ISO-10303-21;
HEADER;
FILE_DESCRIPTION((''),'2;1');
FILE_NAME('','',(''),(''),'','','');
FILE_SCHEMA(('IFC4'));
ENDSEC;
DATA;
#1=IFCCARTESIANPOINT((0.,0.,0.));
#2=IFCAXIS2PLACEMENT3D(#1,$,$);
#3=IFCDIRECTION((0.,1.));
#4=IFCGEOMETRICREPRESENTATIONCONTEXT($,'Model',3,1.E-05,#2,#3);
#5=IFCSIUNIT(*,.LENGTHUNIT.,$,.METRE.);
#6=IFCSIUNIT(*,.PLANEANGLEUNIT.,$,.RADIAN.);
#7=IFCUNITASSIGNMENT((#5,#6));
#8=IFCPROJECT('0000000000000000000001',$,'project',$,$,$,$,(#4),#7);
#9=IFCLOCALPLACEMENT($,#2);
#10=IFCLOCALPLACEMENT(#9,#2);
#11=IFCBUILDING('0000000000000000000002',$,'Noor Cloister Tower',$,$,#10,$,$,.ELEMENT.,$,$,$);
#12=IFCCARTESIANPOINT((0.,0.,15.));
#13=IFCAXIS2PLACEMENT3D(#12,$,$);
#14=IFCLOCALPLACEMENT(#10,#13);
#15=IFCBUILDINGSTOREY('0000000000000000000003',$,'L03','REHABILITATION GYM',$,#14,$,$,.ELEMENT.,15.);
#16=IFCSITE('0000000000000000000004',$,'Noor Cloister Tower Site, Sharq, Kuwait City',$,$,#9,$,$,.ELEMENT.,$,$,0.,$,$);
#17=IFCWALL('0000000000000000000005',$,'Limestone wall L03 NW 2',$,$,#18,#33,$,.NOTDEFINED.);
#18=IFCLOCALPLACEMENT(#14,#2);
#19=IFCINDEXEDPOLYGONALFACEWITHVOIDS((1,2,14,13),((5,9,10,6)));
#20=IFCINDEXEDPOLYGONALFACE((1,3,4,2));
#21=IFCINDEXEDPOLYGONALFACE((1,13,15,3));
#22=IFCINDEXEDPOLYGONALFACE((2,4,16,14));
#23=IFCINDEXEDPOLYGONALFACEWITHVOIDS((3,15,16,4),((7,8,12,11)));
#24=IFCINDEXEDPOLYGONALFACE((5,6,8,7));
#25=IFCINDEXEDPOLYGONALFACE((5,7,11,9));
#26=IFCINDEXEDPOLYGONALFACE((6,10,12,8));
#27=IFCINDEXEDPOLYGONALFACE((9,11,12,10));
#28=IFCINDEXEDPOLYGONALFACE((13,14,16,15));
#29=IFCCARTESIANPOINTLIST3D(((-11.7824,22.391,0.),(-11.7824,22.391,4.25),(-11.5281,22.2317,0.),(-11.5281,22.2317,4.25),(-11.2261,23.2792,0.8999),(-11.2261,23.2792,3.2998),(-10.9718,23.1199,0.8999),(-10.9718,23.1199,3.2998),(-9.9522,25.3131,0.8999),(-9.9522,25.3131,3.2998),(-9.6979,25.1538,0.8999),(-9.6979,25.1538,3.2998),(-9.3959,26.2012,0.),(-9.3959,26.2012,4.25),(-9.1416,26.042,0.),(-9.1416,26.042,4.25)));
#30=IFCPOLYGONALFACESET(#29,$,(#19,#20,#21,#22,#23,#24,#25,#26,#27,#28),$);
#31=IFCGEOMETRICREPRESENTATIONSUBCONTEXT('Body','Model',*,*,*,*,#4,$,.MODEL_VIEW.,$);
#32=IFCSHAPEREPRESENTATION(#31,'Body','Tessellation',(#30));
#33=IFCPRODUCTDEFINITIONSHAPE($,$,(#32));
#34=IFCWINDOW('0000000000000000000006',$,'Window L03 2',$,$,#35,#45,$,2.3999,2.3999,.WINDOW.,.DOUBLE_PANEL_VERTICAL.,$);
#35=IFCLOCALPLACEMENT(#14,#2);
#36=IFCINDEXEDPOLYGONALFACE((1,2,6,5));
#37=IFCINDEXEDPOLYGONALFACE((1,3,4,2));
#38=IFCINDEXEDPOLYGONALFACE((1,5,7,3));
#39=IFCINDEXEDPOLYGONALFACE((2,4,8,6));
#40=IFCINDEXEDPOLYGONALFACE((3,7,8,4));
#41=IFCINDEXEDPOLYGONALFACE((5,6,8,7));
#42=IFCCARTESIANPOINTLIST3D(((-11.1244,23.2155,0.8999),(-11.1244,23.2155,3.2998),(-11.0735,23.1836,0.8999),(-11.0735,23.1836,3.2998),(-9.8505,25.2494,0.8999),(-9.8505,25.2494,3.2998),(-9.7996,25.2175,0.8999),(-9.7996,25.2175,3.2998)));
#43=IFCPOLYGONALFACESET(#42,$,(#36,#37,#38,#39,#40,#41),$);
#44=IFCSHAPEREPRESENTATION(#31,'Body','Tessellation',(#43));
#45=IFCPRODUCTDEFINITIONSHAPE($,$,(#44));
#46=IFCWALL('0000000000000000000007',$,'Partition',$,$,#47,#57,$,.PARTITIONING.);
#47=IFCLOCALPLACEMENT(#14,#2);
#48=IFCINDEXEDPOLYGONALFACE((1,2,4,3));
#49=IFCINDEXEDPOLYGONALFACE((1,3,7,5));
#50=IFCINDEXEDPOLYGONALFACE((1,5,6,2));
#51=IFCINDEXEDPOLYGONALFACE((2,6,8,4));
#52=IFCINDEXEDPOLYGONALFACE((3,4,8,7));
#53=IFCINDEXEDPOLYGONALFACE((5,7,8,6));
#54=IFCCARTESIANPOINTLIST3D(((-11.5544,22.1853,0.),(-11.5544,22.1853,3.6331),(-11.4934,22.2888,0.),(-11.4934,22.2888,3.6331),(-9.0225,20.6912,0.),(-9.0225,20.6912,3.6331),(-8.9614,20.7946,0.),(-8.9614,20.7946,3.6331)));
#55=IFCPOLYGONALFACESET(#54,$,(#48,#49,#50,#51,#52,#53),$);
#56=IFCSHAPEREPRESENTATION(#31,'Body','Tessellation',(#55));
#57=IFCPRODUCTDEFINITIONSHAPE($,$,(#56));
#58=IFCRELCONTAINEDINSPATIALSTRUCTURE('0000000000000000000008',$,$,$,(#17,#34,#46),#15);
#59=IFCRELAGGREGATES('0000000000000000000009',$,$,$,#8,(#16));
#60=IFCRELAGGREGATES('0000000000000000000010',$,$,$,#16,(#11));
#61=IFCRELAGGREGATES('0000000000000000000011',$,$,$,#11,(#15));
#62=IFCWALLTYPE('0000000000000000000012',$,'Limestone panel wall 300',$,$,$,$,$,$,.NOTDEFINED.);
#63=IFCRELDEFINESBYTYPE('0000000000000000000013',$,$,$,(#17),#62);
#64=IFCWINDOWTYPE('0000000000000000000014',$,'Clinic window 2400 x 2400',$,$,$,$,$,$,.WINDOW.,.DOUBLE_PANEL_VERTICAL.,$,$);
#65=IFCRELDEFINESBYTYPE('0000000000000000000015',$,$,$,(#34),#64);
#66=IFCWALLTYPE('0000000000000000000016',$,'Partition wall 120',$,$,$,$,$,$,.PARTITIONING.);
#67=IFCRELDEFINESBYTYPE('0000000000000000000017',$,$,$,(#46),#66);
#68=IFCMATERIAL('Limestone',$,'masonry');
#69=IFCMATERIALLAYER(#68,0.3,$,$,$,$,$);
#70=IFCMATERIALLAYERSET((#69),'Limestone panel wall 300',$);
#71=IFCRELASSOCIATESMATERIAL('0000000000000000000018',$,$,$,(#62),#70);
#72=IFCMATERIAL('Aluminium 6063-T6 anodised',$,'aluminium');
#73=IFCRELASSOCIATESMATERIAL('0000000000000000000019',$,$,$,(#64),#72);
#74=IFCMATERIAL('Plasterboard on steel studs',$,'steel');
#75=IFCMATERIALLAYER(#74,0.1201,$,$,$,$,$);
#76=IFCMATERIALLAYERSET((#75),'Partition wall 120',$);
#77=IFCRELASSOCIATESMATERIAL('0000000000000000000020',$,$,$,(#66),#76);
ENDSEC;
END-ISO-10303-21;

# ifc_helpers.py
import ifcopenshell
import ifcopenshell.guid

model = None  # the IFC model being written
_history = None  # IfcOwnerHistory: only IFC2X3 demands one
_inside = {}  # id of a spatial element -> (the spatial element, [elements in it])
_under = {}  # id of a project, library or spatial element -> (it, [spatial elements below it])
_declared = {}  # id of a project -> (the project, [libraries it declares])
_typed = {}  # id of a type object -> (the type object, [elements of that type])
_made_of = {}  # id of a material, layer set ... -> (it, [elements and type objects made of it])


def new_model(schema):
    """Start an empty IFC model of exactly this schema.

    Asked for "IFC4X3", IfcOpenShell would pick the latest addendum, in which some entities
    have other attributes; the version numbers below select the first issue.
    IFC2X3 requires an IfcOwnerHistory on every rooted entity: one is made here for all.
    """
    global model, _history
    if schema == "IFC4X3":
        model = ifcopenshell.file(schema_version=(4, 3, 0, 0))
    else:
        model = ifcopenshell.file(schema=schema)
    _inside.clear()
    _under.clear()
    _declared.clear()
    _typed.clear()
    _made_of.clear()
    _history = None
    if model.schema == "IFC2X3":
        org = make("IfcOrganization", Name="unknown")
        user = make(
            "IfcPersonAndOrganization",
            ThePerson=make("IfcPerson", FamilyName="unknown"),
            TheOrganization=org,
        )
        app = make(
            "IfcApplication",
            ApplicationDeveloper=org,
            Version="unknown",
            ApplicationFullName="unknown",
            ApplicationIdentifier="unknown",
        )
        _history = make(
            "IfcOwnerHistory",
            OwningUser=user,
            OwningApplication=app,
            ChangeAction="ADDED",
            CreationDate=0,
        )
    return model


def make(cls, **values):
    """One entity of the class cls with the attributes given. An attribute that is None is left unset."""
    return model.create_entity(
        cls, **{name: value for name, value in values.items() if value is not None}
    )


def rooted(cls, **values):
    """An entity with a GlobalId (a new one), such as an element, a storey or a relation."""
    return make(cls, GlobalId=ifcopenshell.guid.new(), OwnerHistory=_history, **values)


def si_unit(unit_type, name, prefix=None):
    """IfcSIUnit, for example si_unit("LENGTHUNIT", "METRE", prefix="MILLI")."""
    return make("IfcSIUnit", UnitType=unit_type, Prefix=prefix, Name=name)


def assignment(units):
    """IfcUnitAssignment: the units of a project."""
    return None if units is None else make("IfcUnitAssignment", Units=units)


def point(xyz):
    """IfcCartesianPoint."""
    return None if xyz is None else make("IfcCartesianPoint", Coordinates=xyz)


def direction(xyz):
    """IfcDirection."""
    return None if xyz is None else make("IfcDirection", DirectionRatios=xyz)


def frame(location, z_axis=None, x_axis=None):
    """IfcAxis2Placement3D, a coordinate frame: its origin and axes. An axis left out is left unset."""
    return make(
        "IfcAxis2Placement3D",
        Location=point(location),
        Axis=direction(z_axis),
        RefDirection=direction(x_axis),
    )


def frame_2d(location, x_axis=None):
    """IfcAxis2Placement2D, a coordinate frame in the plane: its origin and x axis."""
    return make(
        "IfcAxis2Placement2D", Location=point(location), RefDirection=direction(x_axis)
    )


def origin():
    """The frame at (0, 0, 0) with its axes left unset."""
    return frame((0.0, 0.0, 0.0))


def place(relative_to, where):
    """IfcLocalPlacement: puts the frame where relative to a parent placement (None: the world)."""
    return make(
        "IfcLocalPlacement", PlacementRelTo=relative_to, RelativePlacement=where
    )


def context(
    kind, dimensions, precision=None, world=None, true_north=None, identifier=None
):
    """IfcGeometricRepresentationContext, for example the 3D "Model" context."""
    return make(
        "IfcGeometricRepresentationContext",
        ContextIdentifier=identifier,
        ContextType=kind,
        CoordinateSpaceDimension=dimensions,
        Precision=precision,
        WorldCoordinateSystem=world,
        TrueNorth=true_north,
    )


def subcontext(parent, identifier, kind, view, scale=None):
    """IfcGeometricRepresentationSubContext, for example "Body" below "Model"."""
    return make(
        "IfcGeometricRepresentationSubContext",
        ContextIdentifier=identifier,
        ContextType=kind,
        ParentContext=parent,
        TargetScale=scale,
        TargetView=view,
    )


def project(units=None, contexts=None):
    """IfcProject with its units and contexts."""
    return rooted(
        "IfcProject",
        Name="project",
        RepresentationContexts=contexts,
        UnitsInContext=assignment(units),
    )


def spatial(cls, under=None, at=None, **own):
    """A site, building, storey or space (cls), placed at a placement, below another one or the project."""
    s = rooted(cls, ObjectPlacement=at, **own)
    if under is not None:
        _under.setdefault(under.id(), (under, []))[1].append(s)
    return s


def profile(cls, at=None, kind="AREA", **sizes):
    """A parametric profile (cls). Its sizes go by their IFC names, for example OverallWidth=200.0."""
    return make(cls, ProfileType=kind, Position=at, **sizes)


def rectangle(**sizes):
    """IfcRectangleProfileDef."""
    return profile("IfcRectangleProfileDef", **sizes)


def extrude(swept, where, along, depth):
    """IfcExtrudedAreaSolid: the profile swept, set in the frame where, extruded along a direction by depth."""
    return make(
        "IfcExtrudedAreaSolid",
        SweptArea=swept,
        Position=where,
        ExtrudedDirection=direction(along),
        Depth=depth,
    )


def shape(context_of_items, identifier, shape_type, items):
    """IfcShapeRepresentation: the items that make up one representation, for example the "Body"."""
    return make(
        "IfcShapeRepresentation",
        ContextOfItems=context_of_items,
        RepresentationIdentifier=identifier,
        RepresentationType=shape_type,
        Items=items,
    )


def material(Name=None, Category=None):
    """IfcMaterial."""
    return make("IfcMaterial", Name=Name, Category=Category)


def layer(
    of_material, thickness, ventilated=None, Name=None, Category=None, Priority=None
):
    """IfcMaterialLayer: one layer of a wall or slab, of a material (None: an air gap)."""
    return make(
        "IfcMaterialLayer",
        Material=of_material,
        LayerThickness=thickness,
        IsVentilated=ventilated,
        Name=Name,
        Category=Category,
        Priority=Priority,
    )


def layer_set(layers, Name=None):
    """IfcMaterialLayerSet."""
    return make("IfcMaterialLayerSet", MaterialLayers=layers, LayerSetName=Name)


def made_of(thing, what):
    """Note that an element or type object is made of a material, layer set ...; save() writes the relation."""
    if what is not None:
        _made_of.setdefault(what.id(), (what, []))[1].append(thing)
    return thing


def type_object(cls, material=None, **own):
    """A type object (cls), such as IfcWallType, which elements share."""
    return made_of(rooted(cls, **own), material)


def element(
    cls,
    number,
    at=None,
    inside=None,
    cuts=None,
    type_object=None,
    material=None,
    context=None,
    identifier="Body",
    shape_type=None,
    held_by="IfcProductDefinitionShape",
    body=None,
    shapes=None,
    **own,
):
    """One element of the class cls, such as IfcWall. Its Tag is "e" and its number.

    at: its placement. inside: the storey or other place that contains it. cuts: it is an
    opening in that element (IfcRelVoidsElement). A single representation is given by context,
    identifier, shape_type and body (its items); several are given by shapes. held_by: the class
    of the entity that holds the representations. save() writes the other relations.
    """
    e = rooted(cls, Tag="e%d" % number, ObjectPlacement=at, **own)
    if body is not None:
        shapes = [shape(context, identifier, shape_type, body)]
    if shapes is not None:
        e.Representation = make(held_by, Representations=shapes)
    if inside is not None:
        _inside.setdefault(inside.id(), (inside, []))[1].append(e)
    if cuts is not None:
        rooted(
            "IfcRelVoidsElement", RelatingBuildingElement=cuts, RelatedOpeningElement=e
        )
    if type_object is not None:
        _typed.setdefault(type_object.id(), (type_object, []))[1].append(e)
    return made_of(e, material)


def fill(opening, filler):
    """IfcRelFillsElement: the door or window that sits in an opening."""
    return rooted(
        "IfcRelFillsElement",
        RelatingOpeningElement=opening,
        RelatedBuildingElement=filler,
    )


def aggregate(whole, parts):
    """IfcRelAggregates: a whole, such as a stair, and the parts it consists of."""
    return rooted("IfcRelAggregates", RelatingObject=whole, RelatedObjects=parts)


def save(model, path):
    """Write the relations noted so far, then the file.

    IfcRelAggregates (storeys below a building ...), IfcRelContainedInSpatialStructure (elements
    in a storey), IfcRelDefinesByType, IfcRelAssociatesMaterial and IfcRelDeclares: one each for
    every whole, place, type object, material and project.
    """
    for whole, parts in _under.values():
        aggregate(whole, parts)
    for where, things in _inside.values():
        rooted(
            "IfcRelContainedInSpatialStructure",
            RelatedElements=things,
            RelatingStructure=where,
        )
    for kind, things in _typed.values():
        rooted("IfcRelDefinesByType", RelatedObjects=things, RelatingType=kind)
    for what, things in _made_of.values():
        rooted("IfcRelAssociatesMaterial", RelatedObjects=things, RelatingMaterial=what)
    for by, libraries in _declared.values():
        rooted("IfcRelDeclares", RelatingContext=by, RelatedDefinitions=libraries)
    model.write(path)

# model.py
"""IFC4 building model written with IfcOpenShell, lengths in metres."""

from ifc_helpers import new_model, si_unit, direction, frame, frame_2d, origin, place, context, subcontext, project, spatial, rectangle, extrude, material, layer, layer_set, type_object, element, fill, save


model = new_model("IFC4")

# Units and contexts
model_context = context("Model", 3, precision=1e-05, world=origin(), true_north=direction((0.0, 1.0)))
body_context = subcontext(model_context, "Body", "Model", "MODEL_VIEW")
ifc_project = project(units=[si_unit("LENGTHUNIT", "METRE"), si_unit("PLANEANGLEUNIT", "RADIAN")], contexts=[model_context])

# Site, building, storey
site_placement = place(None, origin())
site = spatial("IfcSite", under=ifc_project, at=site_placement, Name="Noor Cloister Tower Site, Sharq, Kuwait City", CompositionType="ELEMENT", RefElevation=0.0)
building_placement = place(site_placement, origin())
building = spatial("IfcBuilding", under=site, at=building_placement, Name="Noor Cloister Tower", CompositionType="ELEMENT")
storey_placement = place(building_placement, frame((0.0, 0.0, 15.0)))
storey = spatial("IfcBuildingStorey", under=building, at=storey_placement, Name="L03", Description="REHABILITATION GYM", CompositionType="ELEMENT", Elevation=15.0)

# Wall, opening, window
ifc_material_1 = material(Name="Limestone", Category="masonry")
ifc_layer_1 = layer(ifc_material_1, 0.3)
ifc_layer_set_1 = layer_set([ifc_layer_1], Name="Limestone panel wall 300")
wall_type_1 = type_object("IfcWallType", Name="Limestone panel wall 300", PredefinedType="NOTDEFINED", material=ifc_layer_set_1)
wall_1_placement = place(storey_placement, frame((-11.6553, 22.3113, 0.0), z_axis=(0.0, 0.0, 1.0), x_axis=(0.530804, 0.847495, 0.0)))
wall_1 = element("IfcWall", 1, at=wall_1_placement, inside=storey, type_object=wall_type_1, Name="Limestone wall L03 NW 2", PredefinedType="NOTDEFINED", context=body_context, shape_type="SweptSolid", body=[
    extrude(rectangle(XDim=4.4958, YDim=0.3, at=frame_2d((2.248, 0.0))), origin(), (0.0, 0.0, 1.0), 4.25),
])
opening_1_placement = place(wall_1_placement, frame((1.0481, 0.0, 0.8999)))
opening_1 = element("IfcOpeningElement", 2, at=opening_1_placement, cuts=wall_1, PredefinedType="OPENING", context=body_context, shape_type="SweptSolid", body=[
    extrude(rectangle(XDim=2.3999, YDim=2.3999, at=frame_2d((1.2, 1.2))), frame((0.0, 0.1602, 0.0), z_axis=(0.0, -1.0, 0.0), x_axis=(1.0, 0.0, 0.0)), (0.0, 0.0, 1.0), 0.3201),
])
ifc_material_2 = material(Name="Aluminium 6063-T6 anodised", Category="aluminium")
window_type_1 = type_object("IfcWindowType", Name="Clinic window 2400 x 2400", PartitioningType="DOUBLE_PANEL_VERTICAL", PredefinedType="WINDOW", material=ifc_material_2)
window_1_placement = place(opening_1_placement, origin())
window_1 = element("IfcWindow", 3, at=window_1_placement, inside=storey, type_object=window_type_1, Name="Window L03 2", OverallHeight=2.3999, OverallWidth=2.3999, PartitioningType="DOUBLE_PANEL_VERTICAL", PredefinedType="WINDOW", context=body_context, shape_type="SweptSolid", body=[
    extrude(rectangle(XDim=2.3999, YDim=2.3999, at=frame_2d((1.2, 1.2))), frame((0.0, 0.03, 0.0), z_axis=(0.0, -1.0, 0.0), x_axis=(1.0, 0.0, 0.0)), (0.0, 0.0, 1.0), 0.0601),
])
fill(opening_1, window_1)

# Wall
ifc_material_3 = material(Name="Plasterboard on steel studs", Category="steel")
ifc_layer_2 = layer(ifc_material_3, 0.1201)
ifc_layer_set_2 = layer_set([ifc_layer_2], Name="Partition wall 120")
wall_type_2 = type_object("IfcWallType", Name="Partition wall 120", PredefinedType="PARTITIONING", material=ifc_layer_set_2)
wall_2_placement = place(storey_placement, frame((-8.9919, 20.7429, 0.0), z_axis=(0.0, 0.0, 1.0), x_axis=(-0.861229, 0.508217, 0.0)))
element("IfcWall", 4, at=wall_2_placement, inside=storey, type_object=wall_type_2, Name="Partition", PredefinedType="PARTITIONING", context=body_context, shape_type="SweptSolid", body=[
    extrude(rectangle(XDim=2.9399, YDim=0.1201, at=frame_2d((1.47, 0.0))), origin(), (0.0, 0.0, 1.0), 3.6331),
])

save(model, "model.ifc")
